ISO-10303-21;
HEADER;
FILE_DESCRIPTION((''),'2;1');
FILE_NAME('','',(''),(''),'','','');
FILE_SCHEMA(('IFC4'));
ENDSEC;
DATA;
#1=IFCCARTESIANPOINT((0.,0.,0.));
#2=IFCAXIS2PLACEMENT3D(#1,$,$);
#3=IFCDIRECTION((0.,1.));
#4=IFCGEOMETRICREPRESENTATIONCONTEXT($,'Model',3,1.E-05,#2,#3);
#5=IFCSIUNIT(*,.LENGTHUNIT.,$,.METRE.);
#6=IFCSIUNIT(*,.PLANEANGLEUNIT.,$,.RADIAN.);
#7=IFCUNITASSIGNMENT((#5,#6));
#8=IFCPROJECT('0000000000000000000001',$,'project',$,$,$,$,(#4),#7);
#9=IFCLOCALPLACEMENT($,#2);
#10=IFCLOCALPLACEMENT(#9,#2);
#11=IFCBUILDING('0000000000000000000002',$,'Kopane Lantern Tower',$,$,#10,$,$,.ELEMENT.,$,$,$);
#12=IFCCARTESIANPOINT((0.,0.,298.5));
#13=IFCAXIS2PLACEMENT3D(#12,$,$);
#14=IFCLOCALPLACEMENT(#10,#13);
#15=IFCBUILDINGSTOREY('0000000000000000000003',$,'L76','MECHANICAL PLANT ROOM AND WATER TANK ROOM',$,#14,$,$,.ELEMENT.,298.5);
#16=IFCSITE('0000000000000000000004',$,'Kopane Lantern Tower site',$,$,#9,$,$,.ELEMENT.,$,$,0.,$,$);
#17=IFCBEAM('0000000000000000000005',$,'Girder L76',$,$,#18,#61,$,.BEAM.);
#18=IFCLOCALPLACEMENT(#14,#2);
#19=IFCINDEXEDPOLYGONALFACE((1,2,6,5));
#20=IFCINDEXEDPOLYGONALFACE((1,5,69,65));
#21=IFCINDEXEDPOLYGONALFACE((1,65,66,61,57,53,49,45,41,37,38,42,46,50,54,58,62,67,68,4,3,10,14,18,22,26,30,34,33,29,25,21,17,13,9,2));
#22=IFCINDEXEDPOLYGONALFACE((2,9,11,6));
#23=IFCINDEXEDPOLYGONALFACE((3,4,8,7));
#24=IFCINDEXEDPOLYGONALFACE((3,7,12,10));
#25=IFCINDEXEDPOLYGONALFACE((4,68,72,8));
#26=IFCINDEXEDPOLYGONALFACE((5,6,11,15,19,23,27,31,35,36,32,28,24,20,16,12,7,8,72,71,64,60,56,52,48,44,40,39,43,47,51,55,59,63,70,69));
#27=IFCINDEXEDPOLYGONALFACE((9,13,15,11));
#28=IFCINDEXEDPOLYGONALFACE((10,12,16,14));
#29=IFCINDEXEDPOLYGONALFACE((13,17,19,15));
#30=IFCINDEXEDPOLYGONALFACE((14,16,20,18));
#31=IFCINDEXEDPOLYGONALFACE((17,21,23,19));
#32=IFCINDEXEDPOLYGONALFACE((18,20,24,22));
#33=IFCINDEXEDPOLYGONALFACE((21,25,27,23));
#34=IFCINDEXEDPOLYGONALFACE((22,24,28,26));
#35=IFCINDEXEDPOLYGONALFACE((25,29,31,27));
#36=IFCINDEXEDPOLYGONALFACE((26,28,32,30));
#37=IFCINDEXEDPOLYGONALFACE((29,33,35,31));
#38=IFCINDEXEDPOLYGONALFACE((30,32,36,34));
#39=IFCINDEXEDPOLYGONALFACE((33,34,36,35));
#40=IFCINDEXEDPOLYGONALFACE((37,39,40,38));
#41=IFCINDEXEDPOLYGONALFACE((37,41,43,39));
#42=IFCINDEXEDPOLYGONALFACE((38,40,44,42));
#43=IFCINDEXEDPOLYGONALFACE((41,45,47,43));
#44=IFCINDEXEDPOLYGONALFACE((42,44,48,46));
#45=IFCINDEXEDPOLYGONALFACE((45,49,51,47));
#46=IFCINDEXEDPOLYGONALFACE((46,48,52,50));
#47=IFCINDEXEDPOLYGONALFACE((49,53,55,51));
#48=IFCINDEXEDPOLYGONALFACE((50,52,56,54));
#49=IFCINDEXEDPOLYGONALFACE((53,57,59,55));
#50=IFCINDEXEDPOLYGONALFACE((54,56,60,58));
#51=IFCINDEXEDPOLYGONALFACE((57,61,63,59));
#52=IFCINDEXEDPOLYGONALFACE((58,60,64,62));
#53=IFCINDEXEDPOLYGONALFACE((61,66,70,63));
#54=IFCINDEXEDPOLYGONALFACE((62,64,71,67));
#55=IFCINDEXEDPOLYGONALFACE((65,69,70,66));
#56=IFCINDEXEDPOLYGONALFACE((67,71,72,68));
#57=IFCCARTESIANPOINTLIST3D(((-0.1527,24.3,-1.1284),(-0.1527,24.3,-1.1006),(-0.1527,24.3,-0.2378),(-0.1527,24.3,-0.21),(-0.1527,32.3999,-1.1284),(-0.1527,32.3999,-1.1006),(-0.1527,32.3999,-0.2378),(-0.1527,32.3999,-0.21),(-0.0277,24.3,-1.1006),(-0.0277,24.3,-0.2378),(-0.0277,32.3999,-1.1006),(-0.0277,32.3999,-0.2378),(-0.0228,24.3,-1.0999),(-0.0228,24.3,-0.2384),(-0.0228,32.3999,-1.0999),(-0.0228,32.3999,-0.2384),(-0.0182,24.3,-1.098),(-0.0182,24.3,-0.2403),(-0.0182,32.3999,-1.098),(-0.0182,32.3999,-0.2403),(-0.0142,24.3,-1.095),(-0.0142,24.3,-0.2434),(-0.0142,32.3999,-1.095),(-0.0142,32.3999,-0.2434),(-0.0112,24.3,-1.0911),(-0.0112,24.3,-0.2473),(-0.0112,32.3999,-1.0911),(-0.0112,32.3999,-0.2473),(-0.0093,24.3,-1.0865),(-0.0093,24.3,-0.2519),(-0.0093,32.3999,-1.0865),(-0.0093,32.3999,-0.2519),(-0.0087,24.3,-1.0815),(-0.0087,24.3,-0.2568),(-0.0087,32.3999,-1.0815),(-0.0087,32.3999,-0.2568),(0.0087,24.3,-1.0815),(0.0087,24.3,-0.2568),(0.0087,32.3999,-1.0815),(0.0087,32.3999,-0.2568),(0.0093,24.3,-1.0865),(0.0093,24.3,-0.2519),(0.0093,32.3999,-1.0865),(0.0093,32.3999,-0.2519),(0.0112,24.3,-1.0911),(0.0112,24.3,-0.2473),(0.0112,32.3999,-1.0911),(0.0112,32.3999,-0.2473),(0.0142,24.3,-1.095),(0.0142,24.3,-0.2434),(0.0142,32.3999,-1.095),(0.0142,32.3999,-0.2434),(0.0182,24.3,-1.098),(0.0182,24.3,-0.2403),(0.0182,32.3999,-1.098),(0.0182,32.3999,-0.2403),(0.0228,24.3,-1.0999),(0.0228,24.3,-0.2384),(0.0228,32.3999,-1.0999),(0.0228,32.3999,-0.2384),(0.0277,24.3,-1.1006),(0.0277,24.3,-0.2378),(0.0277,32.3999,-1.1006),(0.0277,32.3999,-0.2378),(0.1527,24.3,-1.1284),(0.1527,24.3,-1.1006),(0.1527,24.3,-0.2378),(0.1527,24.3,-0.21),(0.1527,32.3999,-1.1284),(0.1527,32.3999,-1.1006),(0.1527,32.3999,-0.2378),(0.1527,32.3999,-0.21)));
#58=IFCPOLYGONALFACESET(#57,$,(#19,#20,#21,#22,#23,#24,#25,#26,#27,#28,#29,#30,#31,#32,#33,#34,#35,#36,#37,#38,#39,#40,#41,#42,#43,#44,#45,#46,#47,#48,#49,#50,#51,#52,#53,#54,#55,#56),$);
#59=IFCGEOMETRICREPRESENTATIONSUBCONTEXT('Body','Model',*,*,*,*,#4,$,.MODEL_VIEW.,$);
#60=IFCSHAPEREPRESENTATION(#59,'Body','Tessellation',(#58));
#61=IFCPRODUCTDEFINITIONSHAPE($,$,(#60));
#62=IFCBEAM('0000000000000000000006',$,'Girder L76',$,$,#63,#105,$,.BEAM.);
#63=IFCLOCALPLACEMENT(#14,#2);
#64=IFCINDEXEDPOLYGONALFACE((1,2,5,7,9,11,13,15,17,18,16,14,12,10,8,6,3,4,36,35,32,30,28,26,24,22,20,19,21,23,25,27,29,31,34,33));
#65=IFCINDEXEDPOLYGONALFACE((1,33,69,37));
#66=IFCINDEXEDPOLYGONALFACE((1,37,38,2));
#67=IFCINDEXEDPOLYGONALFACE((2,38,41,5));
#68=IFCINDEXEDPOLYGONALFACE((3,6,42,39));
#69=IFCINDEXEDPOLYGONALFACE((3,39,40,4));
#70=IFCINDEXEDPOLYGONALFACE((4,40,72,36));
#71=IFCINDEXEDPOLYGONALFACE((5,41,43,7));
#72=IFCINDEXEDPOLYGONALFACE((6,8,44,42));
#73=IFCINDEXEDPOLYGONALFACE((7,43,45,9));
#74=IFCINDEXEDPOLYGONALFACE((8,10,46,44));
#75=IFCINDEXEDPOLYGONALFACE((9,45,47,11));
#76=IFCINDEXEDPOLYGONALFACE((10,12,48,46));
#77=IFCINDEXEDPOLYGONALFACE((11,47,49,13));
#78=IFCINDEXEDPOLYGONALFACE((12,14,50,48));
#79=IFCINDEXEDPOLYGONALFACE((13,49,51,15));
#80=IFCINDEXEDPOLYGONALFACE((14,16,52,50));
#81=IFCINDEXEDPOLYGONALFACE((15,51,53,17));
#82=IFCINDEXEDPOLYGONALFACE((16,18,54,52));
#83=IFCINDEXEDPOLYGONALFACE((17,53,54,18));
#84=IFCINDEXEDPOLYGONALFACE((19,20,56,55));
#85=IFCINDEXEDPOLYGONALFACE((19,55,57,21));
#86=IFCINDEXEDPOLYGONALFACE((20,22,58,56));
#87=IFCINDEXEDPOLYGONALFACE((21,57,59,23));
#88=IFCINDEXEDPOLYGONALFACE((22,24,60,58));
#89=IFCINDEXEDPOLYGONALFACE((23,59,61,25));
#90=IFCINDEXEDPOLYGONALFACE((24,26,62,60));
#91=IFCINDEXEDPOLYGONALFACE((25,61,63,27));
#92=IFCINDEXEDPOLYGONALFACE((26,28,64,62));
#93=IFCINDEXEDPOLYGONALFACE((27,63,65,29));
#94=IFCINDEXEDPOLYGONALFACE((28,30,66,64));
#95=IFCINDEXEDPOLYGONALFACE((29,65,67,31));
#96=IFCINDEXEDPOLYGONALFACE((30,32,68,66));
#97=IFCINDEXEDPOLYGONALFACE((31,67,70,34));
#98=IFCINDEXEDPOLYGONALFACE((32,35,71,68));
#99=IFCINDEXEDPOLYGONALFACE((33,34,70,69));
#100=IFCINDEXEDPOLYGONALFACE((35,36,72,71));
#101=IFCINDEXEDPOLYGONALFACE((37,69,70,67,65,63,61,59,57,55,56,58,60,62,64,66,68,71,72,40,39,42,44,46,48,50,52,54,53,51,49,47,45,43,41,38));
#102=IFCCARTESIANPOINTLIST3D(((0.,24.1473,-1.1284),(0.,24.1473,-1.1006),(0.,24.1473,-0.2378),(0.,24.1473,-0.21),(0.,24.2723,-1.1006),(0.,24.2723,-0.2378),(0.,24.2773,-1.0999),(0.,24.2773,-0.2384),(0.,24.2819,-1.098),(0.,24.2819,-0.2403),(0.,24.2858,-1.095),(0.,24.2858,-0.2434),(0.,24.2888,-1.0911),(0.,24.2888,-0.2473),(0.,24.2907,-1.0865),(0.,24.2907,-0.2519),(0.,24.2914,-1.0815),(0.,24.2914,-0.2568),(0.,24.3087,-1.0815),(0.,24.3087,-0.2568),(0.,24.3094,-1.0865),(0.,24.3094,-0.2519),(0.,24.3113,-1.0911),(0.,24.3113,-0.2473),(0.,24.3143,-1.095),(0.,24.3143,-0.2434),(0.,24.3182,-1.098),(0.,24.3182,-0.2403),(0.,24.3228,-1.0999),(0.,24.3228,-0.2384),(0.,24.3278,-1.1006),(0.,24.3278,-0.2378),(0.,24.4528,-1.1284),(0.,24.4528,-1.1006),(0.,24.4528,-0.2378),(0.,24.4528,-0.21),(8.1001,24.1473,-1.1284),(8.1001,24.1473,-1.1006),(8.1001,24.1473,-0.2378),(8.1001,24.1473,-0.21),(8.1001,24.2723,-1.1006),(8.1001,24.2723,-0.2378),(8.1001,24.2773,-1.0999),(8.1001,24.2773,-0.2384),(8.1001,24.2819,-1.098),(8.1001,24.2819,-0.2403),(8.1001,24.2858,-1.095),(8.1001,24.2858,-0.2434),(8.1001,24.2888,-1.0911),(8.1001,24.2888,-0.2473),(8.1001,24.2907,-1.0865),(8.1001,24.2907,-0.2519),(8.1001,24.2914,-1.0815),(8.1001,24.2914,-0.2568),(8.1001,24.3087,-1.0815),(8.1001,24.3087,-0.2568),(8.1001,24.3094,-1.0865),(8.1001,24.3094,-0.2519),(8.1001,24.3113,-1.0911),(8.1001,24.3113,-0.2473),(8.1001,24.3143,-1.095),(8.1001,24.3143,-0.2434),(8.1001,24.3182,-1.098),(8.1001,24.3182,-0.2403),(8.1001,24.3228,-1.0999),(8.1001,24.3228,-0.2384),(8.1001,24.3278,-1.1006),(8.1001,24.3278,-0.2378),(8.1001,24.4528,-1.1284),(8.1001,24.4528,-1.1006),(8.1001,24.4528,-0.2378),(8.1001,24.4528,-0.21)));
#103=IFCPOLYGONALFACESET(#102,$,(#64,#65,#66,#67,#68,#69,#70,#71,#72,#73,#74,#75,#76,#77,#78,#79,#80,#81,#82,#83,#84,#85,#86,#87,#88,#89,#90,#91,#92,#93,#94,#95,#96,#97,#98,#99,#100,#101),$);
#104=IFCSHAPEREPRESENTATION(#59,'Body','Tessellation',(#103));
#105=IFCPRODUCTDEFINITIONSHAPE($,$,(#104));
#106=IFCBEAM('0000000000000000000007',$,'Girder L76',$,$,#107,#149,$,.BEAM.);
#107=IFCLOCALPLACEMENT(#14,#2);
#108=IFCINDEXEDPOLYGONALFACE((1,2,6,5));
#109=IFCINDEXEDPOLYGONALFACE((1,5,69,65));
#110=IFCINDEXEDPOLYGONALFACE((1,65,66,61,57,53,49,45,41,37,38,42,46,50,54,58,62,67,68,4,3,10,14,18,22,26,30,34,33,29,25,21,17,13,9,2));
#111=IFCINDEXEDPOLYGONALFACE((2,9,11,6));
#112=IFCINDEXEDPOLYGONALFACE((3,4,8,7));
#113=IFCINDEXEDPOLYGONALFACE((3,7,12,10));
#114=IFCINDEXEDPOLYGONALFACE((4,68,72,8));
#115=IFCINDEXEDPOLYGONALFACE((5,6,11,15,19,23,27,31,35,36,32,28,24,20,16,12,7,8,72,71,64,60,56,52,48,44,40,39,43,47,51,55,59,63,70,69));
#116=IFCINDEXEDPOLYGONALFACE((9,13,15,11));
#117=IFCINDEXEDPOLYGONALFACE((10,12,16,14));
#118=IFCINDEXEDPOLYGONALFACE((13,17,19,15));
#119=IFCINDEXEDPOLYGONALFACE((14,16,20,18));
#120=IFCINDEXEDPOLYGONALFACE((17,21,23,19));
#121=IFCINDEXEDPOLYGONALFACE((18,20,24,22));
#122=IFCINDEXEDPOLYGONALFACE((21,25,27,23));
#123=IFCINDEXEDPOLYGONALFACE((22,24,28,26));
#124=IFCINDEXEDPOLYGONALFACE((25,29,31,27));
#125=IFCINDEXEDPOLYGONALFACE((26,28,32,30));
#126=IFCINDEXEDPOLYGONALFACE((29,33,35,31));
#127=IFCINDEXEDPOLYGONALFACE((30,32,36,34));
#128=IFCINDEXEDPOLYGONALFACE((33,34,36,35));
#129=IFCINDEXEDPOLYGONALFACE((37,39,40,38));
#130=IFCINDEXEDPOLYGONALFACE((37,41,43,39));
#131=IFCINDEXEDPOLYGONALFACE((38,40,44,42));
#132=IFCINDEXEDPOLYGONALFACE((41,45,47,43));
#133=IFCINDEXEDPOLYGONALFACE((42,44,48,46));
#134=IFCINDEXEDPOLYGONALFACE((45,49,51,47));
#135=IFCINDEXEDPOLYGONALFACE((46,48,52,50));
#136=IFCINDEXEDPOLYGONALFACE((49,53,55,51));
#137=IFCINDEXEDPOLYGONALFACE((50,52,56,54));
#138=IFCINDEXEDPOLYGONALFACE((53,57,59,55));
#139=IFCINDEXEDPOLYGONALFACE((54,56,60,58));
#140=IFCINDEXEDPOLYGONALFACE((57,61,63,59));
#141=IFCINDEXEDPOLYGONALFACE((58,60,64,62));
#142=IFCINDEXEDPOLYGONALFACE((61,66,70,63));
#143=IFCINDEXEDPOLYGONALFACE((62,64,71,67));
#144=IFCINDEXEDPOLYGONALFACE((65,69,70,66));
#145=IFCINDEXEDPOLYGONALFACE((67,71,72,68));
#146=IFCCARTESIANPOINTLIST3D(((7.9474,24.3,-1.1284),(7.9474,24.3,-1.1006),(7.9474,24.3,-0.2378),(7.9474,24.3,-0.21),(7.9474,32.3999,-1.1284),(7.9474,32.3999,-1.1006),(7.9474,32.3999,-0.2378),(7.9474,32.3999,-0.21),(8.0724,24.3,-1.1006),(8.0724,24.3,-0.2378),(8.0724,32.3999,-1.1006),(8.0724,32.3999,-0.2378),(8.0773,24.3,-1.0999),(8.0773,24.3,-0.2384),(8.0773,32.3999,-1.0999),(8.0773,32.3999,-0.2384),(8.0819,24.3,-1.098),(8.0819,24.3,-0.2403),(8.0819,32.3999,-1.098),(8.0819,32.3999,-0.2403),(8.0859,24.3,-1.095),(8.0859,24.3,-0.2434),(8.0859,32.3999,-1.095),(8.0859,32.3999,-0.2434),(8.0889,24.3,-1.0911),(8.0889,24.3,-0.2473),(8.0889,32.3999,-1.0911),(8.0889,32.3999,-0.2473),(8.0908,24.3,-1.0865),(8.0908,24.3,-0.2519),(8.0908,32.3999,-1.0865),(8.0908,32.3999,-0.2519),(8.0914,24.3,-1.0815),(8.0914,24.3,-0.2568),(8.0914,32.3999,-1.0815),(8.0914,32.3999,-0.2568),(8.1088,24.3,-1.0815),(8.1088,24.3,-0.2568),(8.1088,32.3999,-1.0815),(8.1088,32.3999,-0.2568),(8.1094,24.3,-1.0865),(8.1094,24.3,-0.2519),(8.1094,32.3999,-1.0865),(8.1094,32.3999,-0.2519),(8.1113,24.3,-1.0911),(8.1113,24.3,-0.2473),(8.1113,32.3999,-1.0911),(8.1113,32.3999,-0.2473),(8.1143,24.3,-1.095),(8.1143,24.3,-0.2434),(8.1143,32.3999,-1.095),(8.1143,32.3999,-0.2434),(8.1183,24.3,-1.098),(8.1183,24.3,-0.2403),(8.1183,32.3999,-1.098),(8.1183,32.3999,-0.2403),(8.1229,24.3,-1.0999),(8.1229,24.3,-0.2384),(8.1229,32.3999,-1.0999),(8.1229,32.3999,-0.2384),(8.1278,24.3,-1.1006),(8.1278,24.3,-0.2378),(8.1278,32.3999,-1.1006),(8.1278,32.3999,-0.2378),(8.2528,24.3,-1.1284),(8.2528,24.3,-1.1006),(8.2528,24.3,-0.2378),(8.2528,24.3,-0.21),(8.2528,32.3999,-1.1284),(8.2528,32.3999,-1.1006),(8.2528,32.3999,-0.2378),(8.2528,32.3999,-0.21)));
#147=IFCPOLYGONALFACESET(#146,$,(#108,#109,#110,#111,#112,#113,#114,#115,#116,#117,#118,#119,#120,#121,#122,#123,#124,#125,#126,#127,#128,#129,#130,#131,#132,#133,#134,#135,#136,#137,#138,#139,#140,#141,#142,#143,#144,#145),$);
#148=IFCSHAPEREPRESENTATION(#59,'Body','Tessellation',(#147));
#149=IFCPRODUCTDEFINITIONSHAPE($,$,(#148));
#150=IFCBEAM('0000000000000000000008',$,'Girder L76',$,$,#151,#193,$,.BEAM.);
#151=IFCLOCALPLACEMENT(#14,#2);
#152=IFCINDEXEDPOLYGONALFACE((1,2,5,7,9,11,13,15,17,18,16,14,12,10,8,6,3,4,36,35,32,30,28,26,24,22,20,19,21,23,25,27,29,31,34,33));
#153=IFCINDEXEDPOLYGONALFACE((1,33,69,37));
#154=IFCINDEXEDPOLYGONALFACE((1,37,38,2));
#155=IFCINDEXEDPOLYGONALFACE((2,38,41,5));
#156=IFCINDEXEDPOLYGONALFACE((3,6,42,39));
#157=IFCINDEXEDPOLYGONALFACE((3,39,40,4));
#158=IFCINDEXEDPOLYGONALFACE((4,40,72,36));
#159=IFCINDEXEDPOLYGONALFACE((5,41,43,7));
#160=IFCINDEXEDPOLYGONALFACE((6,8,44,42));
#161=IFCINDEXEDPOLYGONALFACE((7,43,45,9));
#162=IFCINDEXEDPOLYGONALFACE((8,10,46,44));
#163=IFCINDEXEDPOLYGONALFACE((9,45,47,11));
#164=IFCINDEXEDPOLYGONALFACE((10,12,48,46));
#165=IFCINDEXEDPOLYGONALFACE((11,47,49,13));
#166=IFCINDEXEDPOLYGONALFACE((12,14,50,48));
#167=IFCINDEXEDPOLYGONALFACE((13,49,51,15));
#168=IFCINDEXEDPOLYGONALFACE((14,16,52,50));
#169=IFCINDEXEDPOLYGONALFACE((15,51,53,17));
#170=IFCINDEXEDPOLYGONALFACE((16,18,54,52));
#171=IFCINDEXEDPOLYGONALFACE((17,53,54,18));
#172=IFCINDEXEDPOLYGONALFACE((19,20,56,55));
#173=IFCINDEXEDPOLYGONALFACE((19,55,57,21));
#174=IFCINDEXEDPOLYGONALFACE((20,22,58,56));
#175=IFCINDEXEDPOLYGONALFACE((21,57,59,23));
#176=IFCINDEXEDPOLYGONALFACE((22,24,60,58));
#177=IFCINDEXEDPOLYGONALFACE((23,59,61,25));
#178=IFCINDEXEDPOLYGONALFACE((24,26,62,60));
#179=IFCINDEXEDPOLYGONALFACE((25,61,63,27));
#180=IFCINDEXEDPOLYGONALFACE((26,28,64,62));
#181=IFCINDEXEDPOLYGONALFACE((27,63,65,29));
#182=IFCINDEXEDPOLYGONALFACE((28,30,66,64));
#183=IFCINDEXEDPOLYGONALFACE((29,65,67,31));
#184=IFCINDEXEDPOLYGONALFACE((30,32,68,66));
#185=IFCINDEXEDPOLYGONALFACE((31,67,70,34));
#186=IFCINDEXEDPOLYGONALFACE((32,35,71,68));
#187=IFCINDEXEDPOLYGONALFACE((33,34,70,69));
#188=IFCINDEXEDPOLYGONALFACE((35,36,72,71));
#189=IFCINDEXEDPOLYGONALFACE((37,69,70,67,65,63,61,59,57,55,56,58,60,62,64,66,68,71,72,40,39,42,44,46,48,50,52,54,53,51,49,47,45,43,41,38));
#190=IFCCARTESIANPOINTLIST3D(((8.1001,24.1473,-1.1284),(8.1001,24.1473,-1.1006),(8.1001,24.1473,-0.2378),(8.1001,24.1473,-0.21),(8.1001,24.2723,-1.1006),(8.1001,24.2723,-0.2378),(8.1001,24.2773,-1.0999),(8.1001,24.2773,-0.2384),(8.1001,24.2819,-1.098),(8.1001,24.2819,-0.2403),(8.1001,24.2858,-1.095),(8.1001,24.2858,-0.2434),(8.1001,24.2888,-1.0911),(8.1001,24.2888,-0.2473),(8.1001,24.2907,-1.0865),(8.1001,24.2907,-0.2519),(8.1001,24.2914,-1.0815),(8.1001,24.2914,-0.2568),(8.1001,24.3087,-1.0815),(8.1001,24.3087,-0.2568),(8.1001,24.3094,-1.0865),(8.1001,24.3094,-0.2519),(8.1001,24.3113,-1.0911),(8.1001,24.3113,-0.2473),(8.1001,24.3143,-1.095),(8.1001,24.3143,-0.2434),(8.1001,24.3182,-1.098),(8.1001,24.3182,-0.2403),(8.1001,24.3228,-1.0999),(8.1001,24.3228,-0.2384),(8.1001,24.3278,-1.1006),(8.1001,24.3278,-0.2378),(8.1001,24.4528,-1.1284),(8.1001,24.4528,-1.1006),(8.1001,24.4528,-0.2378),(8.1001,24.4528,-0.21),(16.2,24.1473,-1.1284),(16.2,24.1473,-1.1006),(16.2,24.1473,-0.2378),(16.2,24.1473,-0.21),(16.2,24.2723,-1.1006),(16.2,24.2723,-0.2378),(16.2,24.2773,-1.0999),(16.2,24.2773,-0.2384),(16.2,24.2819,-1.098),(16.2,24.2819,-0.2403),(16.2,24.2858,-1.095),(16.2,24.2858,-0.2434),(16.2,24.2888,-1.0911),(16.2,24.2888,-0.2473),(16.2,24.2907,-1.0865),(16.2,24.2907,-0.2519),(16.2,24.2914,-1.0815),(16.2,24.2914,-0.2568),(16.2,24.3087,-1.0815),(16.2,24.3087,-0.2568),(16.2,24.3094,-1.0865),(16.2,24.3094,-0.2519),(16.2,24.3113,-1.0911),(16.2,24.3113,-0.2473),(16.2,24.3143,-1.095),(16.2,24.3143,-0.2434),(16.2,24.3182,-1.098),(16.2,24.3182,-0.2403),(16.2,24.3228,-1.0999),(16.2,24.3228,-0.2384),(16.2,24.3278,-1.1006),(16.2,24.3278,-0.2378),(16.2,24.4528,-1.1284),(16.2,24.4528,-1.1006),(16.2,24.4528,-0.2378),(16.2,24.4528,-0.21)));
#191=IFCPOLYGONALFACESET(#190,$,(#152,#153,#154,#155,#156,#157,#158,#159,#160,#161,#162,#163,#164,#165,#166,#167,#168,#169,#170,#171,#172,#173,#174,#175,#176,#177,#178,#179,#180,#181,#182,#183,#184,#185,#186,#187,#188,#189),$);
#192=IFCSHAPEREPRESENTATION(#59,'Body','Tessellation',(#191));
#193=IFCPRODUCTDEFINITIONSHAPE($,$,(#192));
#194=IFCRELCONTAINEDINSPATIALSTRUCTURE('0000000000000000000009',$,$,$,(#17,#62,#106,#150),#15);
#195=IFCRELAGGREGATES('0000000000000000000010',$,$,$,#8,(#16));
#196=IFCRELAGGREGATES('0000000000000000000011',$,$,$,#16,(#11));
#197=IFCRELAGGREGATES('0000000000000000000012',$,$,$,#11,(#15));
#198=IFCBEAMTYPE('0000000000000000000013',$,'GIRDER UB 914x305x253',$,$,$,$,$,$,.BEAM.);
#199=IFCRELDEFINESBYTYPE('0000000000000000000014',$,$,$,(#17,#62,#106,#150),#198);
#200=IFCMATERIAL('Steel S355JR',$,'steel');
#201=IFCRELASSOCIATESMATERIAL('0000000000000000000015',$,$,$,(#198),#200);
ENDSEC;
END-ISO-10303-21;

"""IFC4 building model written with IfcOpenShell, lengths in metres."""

from ifc_helpers import new_model, si_unit, direction, frame, origin, origin_2d, place, context, subcontext, project, spatial, i_section, extrude, material, material_profile, profile_set, type_object, element, save


model = new_model("IFC4")

# Units and contexts
model_context = context("Model", 3, precision=1e-05, world=origin(), true_north=direction((0.0, 1.0)))
body_context = subcontext(model_context, "Body", "Model", "MODEL_VIEW")
ifc_project = project(units=[si_unit("LENGTHUNIT", "METRE"), si_unit("PLANEANGLEUNIT", "RADIAN")], contexts=[model_context])

# Site, building, storey
site_placement = place(None, origin())
site = spatial("IfcSite", under=ifc_project, at=site_placement, Name="Kopane Lantern Tower site", CompositionType="ELEMENT", RefElevation=0.0)
building_placement = place(site_placement, origin())
building = spatial("IfcBuilding", under=site, at=building_placement, Name="Kopane Lantern Tower", CompositionType="ELEMENT")
storey_placement = place(building_placement, frame((0.0, 0.0, 298.5)))
storey = spatial("IfcBuildingStorey", under=building, at=storey_placement, Name="L76", Description="MECHANICAL PLANT ROOM AND WATER TANK ROOM", CompositionType="ELEMENT", Elevation=298.5)

# Beams
ifc_material_1 = material(Name="Steel S355JR", Category="steel")
ifc_material_profile_1 = material_profile(ifc_material_1, i_section(OverallWidth=0.3054, OverallDepth=0.9185, WebThickness=0.0173, FlangeThickness=0.0278, FilletRadius=0.019, at=origin_2d()), Name="UB 914x305x253")
ifc_profile_set_1 = profile_set([ifc_material_profile_1], Name="Steel S355JR")
beam_type_1 = type_object("IfcBeamType", Name="GIRDER UB 914x305x253", PredefinedType="BEAM", material=ifc_profile_set_1)
beam_1_placement = place(storey_placement, frame((0.0, 24.3, -0.6692), z_axis=(0.0, 1.0, 0.0), x_axis=(-1.0, 0.0, 0.0)))
element("IfcBeam", 1, at=beam_1_placement, inside=storey, type_object=beam_type_1, Name="Girder L76", PredefinedType="BEAM", context=body_context, shape_type="SweptSolid", body=[
    extrude(i_section(OverallWidth=0.3054, OverallDepth=0.9185, WebThickness=0.0173, FlangeThickness=0.0278, FilletRadius=0.019, at=origin_2d()), origin(), (0.0, 0.0, 1.0), 8.0999),
])
beam_2_placement = place(storey_placement, frame((0.0, 24.3, -0.6692), z_axis=(1.0, 0.0, 0.0), x_axis=(0.0, 1.0, 0.0)))
element("IfcBeam", 2, at=beam_2_placement, inside=storey, type_object=beam_type_1, Name="Girder L76", PredefinedType="BEAM", context=body_context, shape_type="SweptSolid", body=[
    extrude(i_section(OverallWidth=0.3054, OverallDepth=0.9185, WebThickness=0.0173, FlangeThickness=0.0278, FilletRadius=0.019, at=origin_2d()), origin(), (0.0, 0.0, 1.0), 8.1001),
])
for number, where, z_axis, x_axis, name in (
    (3, (8.1001, 24.3, -0.6692), (0.0, 1.0, 0.0), (-1.0, 0.0, 0.0), "Girder L76"),
    (4, (8.1001, 24.3, -0.6692), (1.0, 0.0, 0.0), (0.0, 1.0, 0.0), "Girder L76"),
):
    element("IfcBeam", number, at=place(storey_placement, frame(where, z_axis=z_axis, x_axis=x_axis)), inside=storey, type_object=beam_type_1, Name=name, PredefinedType="BEAM", context=body_context, shape_type="SweptSolid", body=[
        extrude(i_section(OverallWidth=0.3054, OverallDepth=0.9185, WebThickness=0.0173, FlangeThickness=0.0278, FilletRadius=0.019, at=origin_2d()), origin(), (0.0, 0.0, 1.0), 8.0999),
    ])

save(model, "model.ifc")
